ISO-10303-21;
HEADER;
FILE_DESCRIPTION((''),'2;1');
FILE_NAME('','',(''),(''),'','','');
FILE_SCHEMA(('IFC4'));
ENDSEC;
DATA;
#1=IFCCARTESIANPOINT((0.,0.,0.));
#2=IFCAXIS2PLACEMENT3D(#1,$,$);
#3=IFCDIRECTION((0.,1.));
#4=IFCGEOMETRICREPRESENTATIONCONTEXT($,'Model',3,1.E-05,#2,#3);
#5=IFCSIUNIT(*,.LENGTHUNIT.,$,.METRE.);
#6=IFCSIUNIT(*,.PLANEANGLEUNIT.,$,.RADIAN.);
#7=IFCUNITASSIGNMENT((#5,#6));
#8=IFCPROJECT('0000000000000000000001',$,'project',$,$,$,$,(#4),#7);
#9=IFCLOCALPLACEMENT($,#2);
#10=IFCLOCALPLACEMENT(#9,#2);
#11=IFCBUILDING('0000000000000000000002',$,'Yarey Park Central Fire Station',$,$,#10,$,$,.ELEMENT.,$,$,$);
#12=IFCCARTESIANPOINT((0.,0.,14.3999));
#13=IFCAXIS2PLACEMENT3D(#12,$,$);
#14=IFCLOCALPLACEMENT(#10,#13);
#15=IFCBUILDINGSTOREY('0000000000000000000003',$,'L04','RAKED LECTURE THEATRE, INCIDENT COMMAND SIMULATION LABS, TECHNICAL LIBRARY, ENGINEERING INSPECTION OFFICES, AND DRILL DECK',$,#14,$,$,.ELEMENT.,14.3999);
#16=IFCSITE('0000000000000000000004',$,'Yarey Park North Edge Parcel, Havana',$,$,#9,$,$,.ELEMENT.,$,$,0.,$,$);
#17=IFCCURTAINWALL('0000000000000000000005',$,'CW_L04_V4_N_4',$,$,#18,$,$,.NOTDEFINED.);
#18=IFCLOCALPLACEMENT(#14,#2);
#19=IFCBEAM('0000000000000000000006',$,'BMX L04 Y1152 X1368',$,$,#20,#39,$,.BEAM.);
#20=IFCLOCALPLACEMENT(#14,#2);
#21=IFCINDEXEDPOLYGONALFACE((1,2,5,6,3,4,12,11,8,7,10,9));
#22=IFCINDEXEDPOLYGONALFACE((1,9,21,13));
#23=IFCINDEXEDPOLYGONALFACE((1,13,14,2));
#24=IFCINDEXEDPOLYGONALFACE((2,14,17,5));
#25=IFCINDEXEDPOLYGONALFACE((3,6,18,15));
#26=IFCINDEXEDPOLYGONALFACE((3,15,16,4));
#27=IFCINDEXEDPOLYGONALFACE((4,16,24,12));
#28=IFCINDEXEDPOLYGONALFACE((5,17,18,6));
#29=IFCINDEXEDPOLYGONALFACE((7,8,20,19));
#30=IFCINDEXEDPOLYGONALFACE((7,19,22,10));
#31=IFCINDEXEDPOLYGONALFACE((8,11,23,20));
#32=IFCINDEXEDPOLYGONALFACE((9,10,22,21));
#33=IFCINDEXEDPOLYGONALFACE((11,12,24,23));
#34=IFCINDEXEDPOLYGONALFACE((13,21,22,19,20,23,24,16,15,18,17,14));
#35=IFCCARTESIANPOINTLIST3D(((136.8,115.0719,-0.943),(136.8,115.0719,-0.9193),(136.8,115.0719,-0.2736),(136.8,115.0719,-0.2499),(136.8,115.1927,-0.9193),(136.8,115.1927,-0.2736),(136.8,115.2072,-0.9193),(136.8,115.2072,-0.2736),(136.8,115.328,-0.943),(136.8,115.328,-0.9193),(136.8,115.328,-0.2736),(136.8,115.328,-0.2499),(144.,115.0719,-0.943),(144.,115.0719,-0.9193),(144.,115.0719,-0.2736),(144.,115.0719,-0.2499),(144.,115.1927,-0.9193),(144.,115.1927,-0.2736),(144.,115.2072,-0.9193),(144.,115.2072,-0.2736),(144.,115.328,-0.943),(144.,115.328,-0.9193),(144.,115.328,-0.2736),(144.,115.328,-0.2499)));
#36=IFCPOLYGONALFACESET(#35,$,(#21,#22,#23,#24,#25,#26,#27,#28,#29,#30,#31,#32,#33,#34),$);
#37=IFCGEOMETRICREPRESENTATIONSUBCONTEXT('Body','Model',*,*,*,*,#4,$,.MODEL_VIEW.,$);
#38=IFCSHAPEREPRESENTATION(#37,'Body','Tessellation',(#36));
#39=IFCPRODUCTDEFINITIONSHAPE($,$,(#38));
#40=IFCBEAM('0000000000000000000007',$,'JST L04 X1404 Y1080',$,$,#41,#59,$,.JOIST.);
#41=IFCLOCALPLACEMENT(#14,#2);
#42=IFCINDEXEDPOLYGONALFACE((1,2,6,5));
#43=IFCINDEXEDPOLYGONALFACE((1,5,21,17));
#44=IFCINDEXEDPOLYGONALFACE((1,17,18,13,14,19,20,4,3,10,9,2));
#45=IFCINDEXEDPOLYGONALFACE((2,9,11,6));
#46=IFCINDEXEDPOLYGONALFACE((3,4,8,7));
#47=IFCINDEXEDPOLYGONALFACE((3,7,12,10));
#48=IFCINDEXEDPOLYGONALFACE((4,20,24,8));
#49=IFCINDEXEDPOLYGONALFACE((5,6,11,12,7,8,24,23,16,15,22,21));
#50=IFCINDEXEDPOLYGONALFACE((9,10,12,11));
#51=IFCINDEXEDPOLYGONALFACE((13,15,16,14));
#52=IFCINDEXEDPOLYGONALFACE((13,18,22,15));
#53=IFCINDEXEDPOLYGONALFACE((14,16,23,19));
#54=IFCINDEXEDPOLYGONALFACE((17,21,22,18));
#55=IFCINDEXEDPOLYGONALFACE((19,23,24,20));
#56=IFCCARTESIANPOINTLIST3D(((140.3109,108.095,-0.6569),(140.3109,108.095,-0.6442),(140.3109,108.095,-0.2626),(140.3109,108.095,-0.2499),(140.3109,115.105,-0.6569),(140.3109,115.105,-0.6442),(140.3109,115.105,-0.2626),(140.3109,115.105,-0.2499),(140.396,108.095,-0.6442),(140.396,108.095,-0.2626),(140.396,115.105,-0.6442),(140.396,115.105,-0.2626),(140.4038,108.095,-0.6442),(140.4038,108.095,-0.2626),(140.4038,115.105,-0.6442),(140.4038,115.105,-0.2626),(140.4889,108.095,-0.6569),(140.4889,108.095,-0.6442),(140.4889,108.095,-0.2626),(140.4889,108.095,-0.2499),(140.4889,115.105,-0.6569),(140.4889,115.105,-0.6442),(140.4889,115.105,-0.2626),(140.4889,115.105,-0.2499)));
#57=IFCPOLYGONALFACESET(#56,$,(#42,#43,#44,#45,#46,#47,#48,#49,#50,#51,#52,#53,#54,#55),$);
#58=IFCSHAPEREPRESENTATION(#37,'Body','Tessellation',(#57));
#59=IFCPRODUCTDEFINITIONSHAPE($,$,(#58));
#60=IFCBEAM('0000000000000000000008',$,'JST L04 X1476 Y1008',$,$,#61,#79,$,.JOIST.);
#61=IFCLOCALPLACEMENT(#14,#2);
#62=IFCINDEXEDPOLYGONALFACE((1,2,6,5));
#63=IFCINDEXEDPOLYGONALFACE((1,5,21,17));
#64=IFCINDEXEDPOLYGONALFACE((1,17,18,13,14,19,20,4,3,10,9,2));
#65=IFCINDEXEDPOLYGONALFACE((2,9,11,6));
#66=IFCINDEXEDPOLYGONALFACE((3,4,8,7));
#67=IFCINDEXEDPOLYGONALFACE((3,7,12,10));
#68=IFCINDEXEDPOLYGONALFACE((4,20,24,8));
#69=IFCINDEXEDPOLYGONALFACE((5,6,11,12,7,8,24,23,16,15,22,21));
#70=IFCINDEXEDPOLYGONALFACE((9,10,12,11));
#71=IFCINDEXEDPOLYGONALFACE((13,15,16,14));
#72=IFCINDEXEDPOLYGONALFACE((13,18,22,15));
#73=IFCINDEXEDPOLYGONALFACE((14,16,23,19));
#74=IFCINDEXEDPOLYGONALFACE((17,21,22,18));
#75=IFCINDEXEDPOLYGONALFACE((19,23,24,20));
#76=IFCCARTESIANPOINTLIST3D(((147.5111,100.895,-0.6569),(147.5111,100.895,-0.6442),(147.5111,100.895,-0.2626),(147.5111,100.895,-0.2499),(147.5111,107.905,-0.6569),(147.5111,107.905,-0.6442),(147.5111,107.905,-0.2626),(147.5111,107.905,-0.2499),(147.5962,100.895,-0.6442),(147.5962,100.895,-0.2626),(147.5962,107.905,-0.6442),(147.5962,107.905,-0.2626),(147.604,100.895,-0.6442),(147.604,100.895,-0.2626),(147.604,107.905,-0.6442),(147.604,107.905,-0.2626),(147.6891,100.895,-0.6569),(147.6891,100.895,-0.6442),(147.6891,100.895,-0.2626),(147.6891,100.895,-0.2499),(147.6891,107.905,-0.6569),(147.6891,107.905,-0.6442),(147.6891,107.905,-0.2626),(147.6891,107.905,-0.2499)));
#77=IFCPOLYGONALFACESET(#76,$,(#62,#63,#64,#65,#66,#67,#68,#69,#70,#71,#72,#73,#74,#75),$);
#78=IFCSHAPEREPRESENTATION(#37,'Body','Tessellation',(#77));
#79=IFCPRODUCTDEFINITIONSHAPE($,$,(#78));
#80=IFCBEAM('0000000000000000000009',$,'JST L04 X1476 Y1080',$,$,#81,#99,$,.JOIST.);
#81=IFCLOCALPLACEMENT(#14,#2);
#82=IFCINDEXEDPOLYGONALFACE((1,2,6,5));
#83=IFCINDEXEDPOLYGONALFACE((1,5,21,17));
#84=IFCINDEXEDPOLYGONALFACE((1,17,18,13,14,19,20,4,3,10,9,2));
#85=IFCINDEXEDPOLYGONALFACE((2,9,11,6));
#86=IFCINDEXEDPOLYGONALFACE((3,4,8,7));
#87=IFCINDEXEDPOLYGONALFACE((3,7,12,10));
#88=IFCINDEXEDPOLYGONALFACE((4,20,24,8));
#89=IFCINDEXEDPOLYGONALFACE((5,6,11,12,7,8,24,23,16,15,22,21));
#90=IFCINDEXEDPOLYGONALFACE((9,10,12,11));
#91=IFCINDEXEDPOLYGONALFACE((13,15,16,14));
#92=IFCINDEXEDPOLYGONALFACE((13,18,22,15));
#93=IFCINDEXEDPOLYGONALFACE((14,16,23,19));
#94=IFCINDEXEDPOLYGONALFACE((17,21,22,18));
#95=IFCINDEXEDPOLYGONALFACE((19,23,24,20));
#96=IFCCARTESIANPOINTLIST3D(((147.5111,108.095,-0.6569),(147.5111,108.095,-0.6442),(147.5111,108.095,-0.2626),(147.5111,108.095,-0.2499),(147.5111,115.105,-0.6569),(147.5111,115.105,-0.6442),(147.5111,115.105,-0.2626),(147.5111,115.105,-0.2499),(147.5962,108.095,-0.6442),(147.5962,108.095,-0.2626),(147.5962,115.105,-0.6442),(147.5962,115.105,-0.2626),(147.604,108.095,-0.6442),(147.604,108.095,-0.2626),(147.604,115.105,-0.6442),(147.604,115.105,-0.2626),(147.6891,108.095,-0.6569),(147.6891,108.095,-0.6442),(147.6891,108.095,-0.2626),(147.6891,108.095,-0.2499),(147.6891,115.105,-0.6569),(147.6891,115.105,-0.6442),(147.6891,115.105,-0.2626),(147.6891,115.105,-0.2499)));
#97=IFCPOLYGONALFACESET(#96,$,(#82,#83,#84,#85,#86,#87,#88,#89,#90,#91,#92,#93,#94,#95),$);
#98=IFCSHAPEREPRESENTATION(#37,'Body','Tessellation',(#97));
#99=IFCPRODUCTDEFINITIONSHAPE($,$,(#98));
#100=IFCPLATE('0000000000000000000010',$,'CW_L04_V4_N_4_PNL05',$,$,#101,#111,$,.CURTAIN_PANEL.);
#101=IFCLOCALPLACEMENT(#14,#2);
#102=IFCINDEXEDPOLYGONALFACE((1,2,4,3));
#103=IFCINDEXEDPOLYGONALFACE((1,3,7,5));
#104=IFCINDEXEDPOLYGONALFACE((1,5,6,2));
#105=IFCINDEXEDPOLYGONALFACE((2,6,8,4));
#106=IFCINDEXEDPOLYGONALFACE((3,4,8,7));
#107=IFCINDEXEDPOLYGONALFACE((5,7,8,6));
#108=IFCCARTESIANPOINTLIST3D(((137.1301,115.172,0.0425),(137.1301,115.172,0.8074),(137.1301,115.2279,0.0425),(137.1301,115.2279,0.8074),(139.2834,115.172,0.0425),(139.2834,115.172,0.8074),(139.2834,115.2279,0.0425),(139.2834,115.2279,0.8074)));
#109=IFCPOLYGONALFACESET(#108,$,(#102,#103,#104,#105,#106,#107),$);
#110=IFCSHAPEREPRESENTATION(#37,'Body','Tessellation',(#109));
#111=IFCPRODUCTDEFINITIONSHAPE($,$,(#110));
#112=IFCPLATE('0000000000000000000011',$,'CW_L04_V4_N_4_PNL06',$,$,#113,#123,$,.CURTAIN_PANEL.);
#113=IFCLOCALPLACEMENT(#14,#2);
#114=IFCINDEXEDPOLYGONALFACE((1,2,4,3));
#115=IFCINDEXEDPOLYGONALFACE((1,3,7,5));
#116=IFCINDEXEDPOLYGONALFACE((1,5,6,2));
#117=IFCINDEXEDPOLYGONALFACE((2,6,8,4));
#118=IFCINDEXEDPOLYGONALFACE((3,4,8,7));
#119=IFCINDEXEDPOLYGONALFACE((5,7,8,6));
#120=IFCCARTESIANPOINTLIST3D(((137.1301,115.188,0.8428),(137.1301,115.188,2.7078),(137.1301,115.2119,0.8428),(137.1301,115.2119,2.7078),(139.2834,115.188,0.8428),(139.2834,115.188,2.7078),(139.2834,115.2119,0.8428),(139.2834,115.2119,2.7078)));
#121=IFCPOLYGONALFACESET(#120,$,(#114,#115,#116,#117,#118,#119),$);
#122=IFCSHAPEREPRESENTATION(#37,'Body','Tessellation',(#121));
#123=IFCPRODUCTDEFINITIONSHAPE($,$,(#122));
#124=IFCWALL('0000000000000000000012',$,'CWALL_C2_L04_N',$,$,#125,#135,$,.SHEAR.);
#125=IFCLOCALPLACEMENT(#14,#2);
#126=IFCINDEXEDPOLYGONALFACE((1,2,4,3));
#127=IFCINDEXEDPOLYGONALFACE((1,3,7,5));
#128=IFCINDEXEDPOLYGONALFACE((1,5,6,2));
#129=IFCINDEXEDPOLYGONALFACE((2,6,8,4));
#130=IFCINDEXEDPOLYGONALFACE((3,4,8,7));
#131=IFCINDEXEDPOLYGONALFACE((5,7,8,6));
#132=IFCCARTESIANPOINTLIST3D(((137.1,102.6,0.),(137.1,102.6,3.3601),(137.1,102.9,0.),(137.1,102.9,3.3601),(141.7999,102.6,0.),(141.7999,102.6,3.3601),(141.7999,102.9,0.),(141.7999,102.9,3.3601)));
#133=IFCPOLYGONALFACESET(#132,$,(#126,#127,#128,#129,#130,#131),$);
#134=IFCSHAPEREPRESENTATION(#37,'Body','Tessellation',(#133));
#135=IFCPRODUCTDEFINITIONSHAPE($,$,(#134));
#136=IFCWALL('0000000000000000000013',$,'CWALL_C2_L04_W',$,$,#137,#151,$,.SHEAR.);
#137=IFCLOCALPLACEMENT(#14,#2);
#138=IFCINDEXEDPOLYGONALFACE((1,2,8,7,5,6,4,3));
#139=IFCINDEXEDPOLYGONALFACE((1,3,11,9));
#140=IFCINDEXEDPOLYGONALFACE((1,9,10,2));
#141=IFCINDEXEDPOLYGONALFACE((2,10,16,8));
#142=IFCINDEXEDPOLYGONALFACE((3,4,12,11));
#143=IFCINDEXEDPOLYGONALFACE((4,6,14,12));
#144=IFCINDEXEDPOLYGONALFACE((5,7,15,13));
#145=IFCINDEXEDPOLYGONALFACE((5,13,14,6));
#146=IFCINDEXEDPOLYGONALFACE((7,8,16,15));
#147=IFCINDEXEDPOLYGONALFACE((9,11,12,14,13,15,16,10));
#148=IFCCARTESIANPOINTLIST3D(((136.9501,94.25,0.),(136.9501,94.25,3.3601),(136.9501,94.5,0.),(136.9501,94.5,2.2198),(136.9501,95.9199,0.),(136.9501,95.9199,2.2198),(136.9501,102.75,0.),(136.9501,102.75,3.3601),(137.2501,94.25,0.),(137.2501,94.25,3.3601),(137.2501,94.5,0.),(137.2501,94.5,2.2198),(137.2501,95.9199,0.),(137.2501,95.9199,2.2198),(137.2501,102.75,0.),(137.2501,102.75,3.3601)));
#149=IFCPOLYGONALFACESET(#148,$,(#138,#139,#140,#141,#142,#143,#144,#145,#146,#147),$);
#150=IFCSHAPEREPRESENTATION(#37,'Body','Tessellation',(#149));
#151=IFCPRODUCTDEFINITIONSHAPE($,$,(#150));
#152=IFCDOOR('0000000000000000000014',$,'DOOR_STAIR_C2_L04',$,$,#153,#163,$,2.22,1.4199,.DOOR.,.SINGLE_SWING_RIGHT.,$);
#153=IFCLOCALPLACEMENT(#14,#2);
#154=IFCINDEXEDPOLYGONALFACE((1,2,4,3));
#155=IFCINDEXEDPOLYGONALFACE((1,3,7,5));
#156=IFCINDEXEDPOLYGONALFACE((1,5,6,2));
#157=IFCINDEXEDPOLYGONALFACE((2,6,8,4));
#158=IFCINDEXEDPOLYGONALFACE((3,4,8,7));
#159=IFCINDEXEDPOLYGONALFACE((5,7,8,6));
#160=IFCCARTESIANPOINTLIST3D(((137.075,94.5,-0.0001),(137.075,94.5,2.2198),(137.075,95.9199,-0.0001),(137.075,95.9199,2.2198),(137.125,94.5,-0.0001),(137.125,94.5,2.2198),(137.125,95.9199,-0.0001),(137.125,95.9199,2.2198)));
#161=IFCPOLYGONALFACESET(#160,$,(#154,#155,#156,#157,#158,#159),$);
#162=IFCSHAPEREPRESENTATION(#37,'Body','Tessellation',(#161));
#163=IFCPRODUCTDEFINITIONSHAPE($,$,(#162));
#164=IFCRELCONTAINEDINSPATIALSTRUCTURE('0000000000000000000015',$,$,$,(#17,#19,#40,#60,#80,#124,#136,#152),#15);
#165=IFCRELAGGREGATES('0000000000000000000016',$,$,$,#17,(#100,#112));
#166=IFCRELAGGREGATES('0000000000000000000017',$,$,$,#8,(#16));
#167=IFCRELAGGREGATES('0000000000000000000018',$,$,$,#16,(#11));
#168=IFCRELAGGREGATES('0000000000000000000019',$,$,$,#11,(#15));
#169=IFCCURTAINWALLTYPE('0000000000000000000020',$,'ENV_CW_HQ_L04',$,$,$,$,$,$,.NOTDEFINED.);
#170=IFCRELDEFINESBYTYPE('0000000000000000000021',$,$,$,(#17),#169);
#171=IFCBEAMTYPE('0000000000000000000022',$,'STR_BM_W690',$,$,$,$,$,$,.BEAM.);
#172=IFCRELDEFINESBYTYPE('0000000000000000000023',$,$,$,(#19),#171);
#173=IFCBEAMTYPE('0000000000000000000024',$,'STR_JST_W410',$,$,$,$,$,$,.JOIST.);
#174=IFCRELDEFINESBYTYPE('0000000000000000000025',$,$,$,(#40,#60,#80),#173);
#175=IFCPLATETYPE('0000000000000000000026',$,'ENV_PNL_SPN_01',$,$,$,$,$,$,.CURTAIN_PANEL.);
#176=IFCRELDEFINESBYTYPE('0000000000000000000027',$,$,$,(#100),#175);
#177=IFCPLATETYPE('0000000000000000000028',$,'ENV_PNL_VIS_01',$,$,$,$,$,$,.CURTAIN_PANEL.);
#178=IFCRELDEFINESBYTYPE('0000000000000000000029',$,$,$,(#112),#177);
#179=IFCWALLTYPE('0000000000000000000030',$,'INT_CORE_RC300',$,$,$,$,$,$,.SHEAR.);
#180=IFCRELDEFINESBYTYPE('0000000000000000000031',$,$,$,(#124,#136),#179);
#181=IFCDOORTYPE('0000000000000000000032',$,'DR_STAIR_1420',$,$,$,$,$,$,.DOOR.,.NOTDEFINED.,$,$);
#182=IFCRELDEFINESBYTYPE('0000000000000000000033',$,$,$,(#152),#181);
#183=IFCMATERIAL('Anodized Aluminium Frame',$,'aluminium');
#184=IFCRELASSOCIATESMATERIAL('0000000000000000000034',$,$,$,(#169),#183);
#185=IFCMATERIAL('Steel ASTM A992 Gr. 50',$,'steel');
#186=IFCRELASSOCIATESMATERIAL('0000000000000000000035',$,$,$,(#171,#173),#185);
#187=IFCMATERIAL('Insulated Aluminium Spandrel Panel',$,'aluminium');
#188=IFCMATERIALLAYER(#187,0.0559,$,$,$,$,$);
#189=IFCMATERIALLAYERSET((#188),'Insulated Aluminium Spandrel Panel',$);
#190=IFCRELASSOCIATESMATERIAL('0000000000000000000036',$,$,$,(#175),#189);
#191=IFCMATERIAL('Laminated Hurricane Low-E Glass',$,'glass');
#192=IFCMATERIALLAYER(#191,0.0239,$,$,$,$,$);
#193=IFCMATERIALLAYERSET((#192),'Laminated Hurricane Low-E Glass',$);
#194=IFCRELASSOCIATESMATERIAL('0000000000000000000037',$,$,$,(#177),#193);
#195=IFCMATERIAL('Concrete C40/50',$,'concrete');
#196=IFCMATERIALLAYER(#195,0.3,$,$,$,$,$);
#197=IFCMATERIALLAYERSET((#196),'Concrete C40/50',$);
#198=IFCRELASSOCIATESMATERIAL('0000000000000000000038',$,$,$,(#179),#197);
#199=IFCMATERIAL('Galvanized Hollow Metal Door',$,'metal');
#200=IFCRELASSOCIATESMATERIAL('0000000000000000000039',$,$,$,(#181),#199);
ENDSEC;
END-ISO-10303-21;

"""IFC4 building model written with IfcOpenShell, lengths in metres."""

from ifc_helpers import new_model, si_unit, direction, frame, frame_2d, origin, origin_2d, place, context, subcontext, project, spatial, rectangle, i_section, extrude, material, layer, layer_set, material_profile, profile_set, type_object, element, fill, aggregate, save


model = new_model("IFC4")

# Units and contexts
model_context = context("Model", 3, precision=1e-05, world=origin(), true_north=direction((0.0, 1.0)))
body_context = subcontext(model_context, "Body", "Model", "MODEL_VIEW")
ifc_project = project(units=[si_unit("LENGTHUNIT", "METRE"), si_unit("PLANEANGLEUNIT", "RADIAN")], contexts=[model_context])

# Site, building, storey
site_placement = place(None, origin())
site = spatial("IfcSite", under=ifc_project, at=site_placement, Name="Yarey Park North Edge Parcel, Havana", CompositionType="ELEMENT", RefElevation=0.0)
building_placement = place(site_placement, origin())
building = spatial("IfcBuilding", under=site, at=building_placement, Name="Yarey Park Central Fire Station", CompositionType="ELEMENT")
storey_placement = place(building_placement, frame((0.0, 0.0, 14.3999)))
storey = spatial("IfcBuildingStorey", under=building, at=storey_placement, Name="L04", Description="RAKED LECTURE THEATRE, INCIDENT COMMAND SIMULATION LABS, TECHNICAL LIBRARY, ENGINEERING INSPECTION OFFICES, AND DRILL DECK", CompositionType="ELEMENT", Elevation=14.3999)

# Shared definitions
ifc_material_1 = material(Name="Concrete C40/50", Category="concrete")

# Curtain wall
ifc_material_2 = material(Name="Anodized Aluminium Frame", Category="aluminium")
curtain_wall_type = type_object("IfcCurtainWallType", Name="ENV_CW_HQ_L04", PredefinedType="NOTDEFINED", material=ifc_material_2)
curtain_wall_placement = place(storey_placement, origin())
curtain_wall = element("IfcCurtainWall", 1, at=curtain_wall_placement, inside=storey, type_object=curtain_wall_type, Name="CW_L04_V4_N_4", PredefinedType="NOTDEFINED")

# Beams
ifc_material_3 = material(Name="Steel ASTM A992 Gr. 50", Category="steel")
ifc_material_profile_1 = material_profile(ifc_material_3, i_section(OverallWidth=0.2561, OverallDepth=0.6931, WebThickness=0.0144, FlangeThickness=0.0237, at=origin_2d()), Name="W690x170")
ifc_profile_set_1 = profile_set([ifc_material_profile_1], Name="Steel ASTM A992 Gr. 50")
beam_type_1 = type_object("IfcBeamType", Name="STR_BM_W690", PredefinedType="BEAM", material=ifc_profile_set_1)
for number, where, z_axis, x_axis, name in (
    (2, (136.8, 115.2, -0.5964), (1.0, 0.0, 0.0), (0.0, 1.0, 0.0), "BMX L04 Y1152 X1368"),
):
    element("IfcBeam", number, at=place(storey_placement, frame(where, z_axis=z_axis, x_axis=x_axis)), inside=storey, type_object=beam_type_1, Name=name, PredefinedType="BEAM", context=body_context, shape_type="SweptSolid", body=[
        extrude(i_section(OverallWidth=0.2561, OverallDepth=0.6931, WebThickness=0.0144, FlangeThickness=0.0237, at=origin_2d()), origin(), (0.0, 0.0, 1.0), 7.2),
    ])
ifc_material_profile_2 = material_profile(ifc_material_3, i_section(OverallWidth=0.178, OverallDepth=0.407, WebThickness=0.0078, FlangeThickness=0.0127, at=origin_2d()), Name="W410x60")
ifc_profile_set_2 = profile_set([ifc_material_profile_2], Name="Steel ASTM A992 Gr. 50")
beam_type_2 = type_object("IfcBeamType", Name="STR_JST_W410", PredefinedType="JOIST", material=ifc_profile_set_2)
for number, where, z_axis, x_axis, name in (
    (3, (140.3999, 108.095, -0.4534), (0.0, 1.0, 0.0), (-1.0, 0.0, 0.0), "JST L04 X1404 Y1080"),
    (4, (147.6001, 100.895, -0.4534), (0.0, 1.0, 0.0), (-1.0, 0.0, 0.0), "JST L04 X1476 Y1008"),
    (5, (147.6001, 108.095, -0.4534), (0.0, 1.0, 0.0), (-1.0, 0.0, 0.0), "JST L04 X1476 Y1080"),
):
    element("IfcBeam", number, at=place(storey_placement, frame(where, z_axis=z_axis, x_axis=x_axis)), inside=storey, type_object=beam_type_2, Name=name, PredefinedType="JOIST", context=body_context, shape_type="SweptSolid", body=[
        extrude(i_section(OverallWidth=0.178, OverallDepth=0.407, WebThickness=0.0078, FlangeThickness=0.0127, at=origin_2d()), origin(), (0.0, 0.0, 1.0), 7.01),
    ])

# Plates
ifc_material_4 = material(Name="Insulated Aluminium Spandrel Panel", Category="aluminium")
ifc_layer_1 = layer(ifc_material_4, 0.0559)
ifc_layer_set_1 = layer_set([ifc_layer_1], Name="Insulated Aluminium Spandrel Panel")
plate_type_1 = type_object("IfcPlateType", Name="ENV_PNL_SPN_01", PredefinedType="CURTAIN_PANEL", material=ifc_layer_set_1)
plate_1_placement = place(storey_placement, frame((138.2068, 115.2, 0.0425), z_axis=(0.0, 0.0, 1.0), x_axis=(-1.0, 0.0, 0.0)))
plate_1 = element("IfcPlate", 6, at=plate_1_placement, type_object=plate_type_1, Name="CW_L04_V4_N_4_PNL05", PredefinedType="CURTAIN_PANEL", context=body_context, shape_type="SweptSolid", body=[
    extrude(rectangle(XDim=2.1533, YDim=0.0559, at=origin_2d()), origin(), (0.0, 0.0, 1.0), 0.7649),
])
ifc_material_5 = material(Name="Laminated Hurricane Low-E Glass", Category="glass")
ifc_layer_2 = layer(ifc_material_5, 0.0239)
ifc_layer_set_2 = layer_set([ifc_layer_2], Name="Laminated Hurricane Low-E Glass")
plate_type_2 = type_object("IfcPlateType", Name="ENV_PNL_VIS_01", PredefinedType="CURTAIN_PANEL", material=ifc_layer_set_2)
plate_2_placement = place(storey_placement, frame((138.2068, 115.2, 0.8428), z_axis=(0.0, 0.0, 1.0), x_axis=(-1.0, 0.0, 0.0)))
plate_2 = element("IfcPlate", 7, at=plate_2_placement, type_object=plate_type_2, Name="CW_L04_V4_N_4_PNL06", PredefinedType="CURTAIN_PANEL", context=body_context, shape_type="SweptSolid", body=[
    extrude(rectangle(XDim=2.1533, YDim=0.0239, at=origin_2d()), origin(), (0.0, 0.0, 1.0), 1.865),
])
aggregate(curtain_wall, [plate_1, plate_2])

# Wall
ifc_layer_3 = layer(ifc_material_1, 0.3)
ifc_layer_set_3 = layer_set([ifc_layer_3], Name="Concrete C40/50")
wall_type_1 = type_object("IfcWallType", Name="INT_CORE_RC300", PredefinedType="SHEAR", material=ifc_layer_set_3)
wall_1_placement = place(storey_placement, frame((141.8, 102.75, 0.0), z_axis=(0.0, 0.0, 1.0), x_axis=(-1.0, 0.0, 0.0)))
element("IfcWall", 8, at=wall_1_placement, inside=storey, type_object=wall_type_1, Name="CWALL_C2_L04_N", PredefinedType="SHEAR", context=body_context, shape_type="SweptSolid", body=[
    extrude(rectangle(XDim=4.7, YDim=0.3, at=frame_2d((2.3501, 0.0))), origin(), (0.0, 0.0, 1.0), 3.3601),
])

# Wall, opening, door
wall_2_placement = place(storey_placement, frame((137.1001, 102.75, 0.0), z_axis=(0.0, 0.0, 1.0), x_axis=(0.0, -1.0, 0.0)))
wall_2 = element("IfcWall", 9, at=wall_2_placement, inside=storey, type_object=wall_type_1, Name="CWALL_C2_L04_W", PredefinedType="SHEAR", context=body_context, shape_type="SweptSolid", body=[
    extrude(rectangle(XDim=8.5, YDim=0.3, at=frame_2d((4.25, 0.0))), origin(), (0.0, 0.0, 1.0), 3.3601),
])
opening_1_placement = place(wall_2_placement, frame((6.8301, 0.0, 0.0)))
opening_1 = element("IfcOpeningElement", 10, at=opening_1_placement, cuts=wall_2, PredefinedType="OPENING", context=body_context, shape_type="SweptSolid", body=[
    extrude(rectangle(XDim=1.4199, YDim=2.22, at=frame_2d((0.71, 1.1099))), frame((0.0, 0.1599, 0.0), z_axis=(0.0, -1.0, 0.0), x_axis=(1.0, 0.0, 0.0)), (0.0, 0.0, 1.0), 0.3201),
])
ifc_material_6 = material(Name="Galvanized Hollow Metal Door", Category="metal")
door_type_1 = type_object("IfcDoorType", Name="DR_STAIR_1420", OperationType="NOTDEFINED", PredefinedType="DOOR", material=ifc_material_6)
door_1_placement = place(opening_1_placement, origin())
door_1 = element("IfcDoor", 11, at=door_1_placement, inside=storey, type_object=door_type_1, Name="DOOR_STAIR_C2_L04", OperationType="SINGLE_SWING_RIGHT", OverallHeight=2.22, OverallWidth=1.4199, PredefinedType="DOOR", context=body_context, shape_type="SweptSolid", body=[
    extrude(rectangle(XDim=1.4199, YDim=2.22, at=frame_2d((0.71, 1.1099))), frame((0.0, 0.0249, 0.0), z_axis=(0.0, -1.0, 0.0), x_axis=(1.0, 0.0, 0.0)), (0.0, 0.0, 1.0), 0.05),
])
fill(opening_1, door_1)

save(model, "model.ifc")
